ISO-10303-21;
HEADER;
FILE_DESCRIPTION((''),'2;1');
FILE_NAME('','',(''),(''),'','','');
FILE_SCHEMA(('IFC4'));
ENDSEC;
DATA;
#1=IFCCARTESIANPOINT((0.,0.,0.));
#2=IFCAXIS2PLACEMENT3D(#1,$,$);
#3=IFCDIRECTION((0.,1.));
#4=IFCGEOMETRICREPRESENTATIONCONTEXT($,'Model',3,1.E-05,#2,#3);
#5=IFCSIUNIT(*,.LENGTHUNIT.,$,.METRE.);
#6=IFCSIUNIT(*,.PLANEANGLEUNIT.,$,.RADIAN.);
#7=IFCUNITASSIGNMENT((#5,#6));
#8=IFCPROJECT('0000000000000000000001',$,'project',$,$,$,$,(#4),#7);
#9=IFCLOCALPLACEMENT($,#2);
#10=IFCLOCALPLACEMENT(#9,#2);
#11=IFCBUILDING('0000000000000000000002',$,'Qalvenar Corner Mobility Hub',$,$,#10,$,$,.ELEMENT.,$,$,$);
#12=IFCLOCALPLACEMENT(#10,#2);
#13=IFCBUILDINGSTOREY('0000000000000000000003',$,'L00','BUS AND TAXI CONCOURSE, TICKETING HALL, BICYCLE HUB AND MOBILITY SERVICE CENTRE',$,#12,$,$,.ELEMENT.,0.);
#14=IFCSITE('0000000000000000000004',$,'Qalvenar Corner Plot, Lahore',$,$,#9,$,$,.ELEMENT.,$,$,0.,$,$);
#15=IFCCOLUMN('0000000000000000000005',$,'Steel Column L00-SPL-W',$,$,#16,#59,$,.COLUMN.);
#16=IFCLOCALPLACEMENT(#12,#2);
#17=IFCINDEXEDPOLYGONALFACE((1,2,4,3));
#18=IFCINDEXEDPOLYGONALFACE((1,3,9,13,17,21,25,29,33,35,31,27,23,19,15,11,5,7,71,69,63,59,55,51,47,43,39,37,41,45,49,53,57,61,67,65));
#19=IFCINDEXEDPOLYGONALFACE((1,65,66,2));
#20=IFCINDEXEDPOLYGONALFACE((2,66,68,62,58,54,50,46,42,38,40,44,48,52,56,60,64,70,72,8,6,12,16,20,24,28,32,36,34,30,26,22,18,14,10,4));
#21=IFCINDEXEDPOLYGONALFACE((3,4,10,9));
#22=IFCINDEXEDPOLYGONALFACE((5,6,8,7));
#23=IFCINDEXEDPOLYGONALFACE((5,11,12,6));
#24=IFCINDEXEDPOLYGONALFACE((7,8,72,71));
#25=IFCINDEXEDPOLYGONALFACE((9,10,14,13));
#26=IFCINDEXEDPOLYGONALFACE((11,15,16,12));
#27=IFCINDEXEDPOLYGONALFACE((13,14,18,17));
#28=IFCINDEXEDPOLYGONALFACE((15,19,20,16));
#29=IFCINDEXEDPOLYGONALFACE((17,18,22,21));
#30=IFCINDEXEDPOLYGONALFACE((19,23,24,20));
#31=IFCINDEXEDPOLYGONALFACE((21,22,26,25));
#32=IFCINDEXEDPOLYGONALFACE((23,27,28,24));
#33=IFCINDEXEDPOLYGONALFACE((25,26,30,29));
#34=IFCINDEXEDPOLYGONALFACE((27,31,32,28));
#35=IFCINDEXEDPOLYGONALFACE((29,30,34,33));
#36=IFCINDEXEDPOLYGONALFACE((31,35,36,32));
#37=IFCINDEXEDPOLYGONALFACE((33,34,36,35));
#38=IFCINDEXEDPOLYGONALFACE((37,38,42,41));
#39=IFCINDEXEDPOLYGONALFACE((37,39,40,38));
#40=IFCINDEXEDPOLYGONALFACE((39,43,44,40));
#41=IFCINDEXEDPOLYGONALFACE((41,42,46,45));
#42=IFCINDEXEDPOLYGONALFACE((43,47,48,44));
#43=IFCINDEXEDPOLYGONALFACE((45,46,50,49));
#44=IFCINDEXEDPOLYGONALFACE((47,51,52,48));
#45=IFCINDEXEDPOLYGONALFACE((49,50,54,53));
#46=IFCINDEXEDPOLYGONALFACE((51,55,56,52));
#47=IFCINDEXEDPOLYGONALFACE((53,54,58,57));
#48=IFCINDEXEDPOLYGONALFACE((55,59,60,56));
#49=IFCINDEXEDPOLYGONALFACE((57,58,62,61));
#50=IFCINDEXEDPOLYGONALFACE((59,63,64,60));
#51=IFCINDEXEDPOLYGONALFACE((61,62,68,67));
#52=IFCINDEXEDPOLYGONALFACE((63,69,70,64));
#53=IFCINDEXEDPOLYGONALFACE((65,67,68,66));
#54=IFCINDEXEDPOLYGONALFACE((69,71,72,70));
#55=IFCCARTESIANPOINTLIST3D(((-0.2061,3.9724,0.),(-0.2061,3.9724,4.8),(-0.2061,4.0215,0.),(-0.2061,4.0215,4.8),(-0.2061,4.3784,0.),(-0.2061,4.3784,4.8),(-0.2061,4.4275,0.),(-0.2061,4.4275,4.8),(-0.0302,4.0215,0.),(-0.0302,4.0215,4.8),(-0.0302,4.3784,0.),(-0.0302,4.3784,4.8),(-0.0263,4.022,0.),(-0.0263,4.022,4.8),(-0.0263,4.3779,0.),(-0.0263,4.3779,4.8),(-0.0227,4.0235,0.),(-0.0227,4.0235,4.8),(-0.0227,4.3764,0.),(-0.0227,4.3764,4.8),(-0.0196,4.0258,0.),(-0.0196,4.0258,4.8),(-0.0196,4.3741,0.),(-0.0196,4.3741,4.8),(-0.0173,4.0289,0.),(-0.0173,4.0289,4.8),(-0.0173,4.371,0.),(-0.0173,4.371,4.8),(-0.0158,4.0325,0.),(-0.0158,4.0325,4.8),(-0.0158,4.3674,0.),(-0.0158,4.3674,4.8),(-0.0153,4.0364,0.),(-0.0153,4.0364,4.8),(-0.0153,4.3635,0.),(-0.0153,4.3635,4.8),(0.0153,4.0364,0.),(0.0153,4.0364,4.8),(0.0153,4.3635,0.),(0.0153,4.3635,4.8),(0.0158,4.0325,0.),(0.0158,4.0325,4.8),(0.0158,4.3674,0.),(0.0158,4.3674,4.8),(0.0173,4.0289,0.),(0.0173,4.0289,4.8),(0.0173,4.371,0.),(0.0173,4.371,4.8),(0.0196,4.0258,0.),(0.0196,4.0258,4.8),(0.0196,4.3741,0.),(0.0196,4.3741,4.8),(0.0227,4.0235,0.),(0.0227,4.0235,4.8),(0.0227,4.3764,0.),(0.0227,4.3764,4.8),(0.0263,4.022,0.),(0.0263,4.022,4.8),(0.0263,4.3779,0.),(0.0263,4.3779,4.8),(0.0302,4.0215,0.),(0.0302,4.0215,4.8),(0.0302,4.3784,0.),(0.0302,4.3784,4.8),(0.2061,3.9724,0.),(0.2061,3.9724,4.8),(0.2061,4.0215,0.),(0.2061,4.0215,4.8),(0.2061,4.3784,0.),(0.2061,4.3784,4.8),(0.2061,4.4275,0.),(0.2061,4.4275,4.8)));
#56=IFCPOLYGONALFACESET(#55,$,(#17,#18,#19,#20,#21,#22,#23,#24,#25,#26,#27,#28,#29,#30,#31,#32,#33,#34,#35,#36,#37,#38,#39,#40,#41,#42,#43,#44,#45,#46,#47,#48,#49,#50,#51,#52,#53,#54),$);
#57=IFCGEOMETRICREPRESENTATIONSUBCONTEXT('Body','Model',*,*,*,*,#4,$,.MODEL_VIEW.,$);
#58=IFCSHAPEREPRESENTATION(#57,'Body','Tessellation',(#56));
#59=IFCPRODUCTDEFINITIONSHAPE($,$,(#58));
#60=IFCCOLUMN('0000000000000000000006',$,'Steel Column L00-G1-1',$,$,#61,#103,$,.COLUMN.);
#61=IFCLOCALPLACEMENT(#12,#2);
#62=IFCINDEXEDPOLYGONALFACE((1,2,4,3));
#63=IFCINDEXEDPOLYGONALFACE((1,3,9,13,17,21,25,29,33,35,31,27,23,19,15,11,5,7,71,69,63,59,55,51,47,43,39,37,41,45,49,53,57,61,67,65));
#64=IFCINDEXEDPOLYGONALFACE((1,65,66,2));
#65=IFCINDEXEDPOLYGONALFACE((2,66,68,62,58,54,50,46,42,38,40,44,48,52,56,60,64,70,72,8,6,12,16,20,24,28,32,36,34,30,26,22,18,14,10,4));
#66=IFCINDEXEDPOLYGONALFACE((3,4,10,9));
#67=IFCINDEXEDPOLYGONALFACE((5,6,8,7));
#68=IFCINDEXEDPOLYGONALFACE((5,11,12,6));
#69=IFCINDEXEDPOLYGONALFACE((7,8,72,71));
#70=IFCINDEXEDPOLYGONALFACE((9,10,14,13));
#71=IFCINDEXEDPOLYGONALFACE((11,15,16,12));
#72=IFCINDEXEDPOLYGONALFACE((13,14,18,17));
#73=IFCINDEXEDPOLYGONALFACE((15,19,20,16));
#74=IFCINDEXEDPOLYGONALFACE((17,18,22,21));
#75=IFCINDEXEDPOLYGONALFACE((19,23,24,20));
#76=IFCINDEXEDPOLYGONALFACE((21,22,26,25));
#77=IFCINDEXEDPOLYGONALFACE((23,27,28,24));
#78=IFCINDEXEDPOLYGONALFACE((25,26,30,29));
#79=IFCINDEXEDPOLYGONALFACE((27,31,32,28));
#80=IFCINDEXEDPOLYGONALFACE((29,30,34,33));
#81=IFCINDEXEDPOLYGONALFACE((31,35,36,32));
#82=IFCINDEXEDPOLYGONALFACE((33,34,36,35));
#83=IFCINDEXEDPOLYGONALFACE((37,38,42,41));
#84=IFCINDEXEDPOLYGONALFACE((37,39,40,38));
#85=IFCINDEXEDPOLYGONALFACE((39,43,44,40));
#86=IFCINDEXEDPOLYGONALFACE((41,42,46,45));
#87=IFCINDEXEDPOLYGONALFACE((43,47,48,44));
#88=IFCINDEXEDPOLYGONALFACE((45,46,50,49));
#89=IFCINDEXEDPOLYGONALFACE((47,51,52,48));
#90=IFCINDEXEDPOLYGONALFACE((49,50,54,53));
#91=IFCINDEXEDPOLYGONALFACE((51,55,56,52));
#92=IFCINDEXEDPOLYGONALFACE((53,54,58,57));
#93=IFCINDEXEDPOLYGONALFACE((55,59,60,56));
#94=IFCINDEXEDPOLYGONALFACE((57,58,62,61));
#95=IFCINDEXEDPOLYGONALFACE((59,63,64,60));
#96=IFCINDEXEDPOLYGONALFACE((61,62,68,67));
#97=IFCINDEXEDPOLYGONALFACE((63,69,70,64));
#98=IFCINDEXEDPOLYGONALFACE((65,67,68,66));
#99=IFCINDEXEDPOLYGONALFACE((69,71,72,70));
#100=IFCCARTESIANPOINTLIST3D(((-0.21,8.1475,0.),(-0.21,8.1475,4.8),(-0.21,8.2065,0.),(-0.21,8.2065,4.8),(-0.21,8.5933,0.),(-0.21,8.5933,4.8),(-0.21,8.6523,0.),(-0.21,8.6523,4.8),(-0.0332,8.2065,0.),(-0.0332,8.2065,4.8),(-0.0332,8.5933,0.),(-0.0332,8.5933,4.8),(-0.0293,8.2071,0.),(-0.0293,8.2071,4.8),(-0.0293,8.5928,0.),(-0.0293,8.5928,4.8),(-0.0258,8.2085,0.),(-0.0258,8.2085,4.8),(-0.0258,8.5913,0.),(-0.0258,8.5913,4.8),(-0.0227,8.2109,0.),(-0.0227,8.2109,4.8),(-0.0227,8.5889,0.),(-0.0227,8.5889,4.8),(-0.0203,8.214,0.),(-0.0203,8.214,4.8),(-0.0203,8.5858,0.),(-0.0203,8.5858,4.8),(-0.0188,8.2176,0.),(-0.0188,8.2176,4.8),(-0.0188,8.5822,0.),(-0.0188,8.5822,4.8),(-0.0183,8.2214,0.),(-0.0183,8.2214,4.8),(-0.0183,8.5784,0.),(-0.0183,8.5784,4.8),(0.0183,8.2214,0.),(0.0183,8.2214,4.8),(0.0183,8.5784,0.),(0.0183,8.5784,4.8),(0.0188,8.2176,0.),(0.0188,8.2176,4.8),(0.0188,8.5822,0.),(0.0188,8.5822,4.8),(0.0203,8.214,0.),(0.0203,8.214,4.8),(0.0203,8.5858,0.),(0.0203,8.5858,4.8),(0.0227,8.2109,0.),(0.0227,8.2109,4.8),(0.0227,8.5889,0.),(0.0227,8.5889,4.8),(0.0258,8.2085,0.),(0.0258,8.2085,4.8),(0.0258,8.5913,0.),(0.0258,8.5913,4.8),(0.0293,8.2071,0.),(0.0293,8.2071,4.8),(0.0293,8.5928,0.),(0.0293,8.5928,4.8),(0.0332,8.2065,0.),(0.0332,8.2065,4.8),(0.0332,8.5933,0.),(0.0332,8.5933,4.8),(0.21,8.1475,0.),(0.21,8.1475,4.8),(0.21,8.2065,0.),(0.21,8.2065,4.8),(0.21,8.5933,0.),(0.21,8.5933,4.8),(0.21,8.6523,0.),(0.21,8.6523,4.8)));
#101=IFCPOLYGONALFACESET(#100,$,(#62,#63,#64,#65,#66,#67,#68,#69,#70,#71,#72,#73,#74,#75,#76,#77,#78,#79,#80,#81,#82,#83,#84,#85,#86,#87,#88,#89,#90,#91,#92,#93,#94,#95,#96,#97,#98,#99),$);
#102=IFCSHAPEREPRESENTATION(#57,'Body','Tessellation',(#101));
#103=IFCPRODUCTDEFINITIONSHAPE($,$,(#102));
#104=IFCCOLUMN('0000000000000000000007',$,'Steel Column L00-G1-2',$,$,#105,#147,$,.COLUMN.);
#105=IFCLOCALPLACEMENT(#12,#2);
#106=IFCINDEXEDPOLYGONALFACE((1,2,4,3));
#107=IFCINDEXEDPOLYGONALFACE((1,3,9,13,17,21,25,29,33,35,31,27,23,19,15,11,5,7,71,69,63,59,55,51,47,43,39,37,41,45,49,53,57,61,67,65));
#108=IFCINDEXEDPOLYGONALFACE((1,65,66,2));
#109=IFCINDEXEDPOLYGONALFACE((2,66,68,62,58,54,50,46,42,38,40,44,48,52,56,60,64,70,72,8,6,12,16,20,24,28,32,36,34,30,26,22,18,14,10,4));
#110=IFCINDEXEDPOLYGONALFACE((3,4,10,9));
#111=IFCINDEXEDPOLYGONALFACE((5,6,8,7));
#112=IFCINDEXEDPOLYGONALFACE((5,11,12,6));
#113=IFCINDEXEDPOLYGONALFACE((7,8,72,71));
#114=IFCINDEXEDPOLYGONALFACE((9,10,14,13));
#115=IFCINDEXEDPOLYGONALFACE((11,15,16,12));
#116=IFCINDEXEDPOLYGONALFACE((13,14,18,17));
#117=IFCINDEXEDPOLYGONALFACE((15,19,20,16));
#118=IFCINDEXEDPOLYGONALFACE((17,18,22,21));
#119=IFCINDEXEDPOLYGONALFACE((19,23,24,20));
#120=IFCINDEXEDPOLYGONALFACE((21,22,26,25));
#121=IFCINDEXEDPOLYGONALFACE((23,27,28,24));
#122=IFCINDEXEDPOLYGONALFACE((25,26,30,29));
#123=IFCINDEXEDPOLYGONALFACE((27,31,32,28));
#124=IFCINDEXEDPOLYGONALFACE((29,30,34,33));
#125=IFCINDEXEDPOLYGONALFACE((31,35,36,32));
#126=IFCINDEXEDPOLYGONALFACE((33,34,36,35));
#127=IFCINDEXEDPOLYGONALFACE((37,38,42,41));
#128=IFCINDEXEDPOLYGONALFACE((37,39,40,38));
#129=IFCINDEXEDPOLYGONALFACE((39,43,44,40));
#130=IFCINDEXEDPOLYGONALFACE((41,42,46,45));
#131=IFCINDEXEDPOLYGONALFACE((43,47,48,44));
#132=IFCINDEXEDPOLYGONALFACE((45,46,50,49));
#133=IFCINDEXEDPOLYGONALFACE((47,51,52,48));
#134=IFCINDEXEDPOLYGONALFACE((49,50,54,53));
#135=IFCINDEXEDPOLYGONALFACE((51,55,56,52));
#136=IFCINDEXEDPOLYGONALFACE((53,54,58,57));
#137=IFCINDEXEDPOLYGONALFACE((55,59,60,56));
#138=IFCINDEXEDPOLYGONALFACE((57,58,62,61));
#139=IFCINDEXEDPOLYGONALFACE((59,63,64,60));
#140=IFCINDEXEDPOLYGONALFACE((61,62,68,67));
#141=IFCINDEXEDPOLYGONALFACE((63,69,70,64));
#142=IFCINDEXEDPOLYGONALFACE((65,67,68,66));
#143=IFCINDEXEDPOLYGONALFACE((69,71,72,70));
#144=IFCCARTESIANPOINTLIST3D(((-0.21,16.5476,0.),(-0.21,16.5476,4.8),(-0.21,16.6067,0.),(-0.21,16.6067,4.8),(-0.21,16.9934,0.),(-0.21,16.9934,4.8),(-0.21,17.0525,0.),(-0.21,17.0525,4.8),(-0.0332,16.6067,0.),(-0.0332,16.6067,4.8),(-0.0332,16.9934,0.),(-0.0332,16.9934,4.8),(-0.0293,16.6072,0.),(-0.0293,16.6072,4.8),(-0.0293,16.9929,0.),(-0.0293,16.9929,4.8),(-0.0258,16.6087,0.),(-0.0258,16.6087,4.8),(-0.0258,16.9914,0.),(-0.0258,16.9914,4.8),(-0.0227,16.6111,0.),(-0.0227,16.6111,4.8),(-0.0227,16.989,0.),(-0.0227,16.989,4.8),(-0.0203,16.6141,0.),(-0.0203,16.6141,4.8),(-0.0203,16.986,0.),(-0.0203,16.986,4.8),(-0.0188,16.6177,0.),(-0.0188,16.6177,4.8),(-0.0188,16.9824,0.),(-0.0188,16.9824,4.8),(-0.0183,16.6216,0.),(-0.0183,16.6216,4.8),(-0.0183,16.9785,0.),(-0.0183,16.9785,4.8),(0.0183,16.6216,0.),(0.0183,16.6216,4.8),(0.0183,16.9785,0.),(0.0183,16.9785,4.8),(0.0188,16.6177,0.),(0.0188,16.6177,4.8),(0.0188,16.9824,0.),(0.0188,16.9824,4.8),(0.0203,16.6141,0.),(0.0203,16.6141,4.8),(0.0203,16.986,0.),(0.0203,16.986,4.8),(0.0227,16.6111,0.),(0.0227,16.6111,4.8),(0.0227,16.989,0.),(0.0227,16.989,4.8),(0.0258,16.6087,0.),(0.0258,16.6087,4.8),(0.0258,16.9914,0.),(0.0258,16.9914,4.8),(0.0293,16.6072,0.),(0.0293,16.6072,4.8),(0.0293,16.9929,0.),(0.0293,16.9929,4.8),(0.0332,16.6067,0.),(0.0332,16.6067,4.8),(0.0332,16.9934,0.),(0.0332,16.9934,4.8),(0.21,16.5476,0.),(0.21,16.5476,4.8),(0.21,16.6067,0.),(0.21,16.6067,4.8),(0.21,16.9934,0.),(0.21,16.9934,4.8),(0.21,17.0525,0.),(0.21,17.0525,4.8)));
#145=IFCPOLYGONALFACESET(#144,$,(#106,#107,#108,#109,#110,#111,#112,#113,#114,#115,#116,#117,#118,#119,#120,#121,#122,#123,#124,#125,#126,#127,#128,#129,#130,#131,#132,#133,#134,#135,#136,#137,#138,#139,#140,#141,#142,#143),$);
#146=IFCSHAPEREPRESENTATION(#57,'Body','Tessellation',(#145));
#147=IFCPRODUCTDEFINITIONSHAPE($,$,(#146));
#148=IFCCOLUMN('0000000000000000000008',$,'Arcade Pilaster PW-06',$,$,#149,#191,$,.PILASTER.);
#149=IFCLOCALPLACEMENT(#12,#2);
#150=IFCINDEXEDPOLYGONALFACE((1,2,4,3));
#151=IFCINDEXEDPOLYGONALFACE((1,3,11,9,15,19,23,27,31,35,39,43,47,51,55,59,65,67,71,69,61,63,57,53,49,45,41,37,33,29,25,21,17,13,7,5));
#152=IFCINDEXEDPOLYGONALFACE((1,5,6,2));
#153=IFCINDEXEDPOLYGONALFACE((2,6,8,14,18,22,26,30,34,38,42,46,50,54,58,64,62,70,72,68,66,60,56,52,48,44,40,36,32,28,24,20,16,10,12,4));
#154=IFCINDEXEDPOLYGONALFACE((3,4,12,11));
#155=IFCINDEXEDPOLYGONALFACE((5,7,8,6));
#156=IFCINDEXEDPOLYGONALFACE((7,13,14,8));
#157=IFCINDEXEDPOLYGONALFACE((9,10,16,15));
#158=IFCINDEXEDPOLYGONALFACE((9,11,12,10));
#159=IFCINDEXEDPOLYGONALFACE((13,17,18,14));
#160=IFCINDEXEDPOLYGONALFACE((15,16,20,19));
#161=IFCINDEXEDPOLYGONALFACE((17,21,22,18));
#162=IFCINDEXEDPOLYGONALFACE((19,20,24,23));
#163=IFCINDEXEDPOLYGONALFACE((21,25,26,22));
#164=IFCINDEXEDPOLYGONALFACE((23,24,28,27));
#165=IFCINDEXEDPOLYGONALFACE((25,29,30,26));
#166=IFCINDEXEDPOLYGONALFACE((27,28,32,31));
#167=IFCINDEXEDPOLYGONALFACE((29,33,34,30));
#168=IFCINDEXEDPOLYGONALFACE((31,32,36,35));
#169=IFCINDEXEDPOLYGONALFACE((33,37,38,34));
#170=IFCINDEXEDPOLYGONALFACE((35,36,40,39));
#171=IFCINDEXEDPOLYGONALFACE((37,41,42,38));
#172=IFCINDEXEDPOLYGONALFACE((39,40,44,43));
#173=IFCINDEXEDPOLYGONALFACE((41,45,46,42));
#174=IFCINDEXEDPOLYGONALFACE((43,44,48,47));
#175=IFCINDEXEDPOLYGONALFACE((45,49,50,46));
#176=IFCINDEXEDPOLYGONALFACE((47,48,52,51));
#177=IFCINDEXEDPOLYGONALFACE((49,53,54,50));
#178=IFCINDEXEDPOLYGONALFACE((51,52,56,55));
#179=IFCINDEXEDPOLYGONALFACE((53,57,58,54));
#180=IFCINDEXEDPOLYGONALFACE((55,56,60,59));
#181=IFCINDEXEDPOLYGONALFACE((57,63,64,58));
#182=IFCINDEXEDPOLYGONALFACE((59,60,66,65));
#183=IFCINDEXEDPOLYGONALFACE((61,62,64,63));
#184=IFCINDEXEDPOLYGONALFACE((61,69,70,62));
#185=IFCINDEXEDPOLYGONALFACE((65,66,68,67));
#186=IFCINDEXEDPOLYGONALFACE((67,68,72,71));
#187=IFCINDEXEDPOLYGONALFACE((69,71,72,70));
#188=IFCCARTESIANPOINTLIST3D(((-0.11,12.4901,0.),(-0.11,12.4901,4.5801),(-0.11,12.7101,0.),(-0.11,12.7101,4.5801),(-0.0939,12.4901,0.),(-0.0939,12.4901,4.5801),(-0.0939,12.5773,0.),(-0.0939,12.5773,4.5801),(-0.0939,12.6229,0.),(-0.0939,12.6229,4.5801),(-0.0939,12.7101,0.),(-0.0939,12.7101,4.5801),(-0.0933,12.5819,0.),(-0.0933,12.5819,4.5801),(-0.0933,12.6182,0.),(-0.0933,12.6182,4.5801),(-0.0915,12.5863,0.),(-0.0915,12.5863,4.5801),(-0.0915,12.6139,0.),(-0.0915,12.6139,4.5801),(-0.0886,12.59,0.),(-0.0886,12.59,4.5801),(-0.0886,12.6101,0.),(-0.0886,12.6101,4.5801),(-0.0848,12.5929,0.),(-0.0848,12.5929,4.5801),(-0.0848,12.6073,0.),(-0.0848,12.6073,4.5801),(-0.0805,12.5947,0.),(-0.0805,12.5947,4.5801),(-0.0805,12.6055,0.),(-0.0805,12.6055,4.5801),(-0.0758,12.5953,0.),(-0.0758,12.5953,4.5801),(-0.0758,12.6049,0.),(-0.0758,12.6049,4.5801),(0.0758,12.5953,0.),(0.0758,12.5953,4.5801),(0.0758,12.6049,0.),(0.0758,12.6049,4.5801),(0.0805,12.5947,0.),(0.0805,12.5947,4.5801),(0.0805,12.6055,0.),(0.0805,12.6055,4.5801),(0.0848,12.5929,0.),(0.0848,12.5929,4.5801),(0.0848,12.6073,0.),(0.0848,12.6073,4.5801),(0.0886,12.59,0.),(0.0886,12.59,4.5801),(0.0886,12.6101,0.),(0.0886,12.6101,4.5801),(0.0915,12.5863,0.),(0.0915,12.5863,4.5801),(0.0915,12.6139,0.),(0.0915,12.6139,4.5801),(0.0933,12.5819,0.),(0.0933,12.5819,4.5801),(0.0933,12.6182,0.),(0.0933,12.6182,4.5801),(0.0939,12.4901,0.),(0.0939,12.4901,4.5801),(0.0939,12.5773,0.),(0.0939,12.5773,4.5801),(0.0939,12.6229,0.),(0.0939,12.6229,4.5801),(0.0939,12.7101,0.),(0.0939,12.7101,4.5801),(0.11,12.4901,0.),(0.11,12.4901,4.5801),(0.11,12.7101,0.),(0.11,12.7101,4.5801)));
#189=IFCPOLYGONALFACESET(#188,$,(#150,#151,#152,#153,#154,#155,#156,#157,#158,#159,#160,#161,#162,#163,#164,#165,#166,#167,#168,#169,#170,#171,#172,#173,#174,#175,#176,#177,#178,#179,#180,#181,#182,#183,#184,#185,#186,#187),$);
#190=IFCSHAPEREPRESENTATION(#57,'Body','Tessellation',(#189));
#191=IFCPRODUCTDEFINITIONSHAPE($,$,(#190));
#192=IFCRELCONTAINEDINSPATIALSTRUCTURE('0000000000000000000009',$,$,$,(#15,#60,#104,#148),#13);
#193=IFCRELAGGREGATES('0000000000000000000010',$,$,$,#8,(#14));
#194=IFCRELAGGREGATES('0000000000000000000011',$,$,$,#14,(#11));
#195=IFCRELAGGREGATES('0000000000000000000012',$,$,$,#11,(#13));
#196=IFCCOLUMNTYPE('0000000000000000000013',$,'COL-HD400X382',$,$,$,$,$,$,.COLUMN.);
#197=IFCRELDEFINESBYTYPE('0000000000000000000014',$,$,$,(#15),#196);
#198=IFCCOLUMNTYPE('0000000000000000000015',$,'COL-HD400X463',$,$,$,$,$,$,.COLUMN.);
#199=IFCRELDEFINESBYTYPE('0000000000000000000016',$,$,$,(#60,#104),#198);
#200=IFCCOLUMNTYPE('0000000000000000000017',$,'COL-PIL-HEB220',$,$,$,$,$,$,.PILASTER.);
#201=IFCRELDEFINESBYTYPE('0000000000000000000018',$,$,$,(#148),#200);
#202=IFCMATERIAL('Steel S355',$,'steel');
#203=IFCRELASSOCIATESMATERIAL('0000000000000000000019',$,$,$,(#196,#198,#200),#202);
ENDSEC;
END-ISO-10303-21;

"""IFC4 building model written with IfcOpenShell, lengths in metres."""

from ifc_helpers import new_model, si_unit, direction, frame, origin, origin_2d, place, context, subcontext, project, spatial, i_section, extrude, material, material_profile, profile_set, type_object, element, save


model = new_model("IFC4")

# Units and contexts
model_context = context("Model", 3, precision=1e-05, world=origin(), true_north=direction((0.0, 1.0)))
body_context = subcontext(model_context, "Body", "Model", "MODEL_VIEW")
ifc_project = project(units=[si_unit("LENGTHUNIT", "METRE"), si_unit("PLANEANGLEUNIT", "RADIAN")], contexts=[model_context])

# Site, building, storey
site_placement = place(None, origin())
site = spatial("IfcSite", under=ifc_project, at=site_placement, Name="Qalvenar Corner Plot, Lahore", CompositionType="ELEMENT", RefElevation=0.0)
building_placement = place(site_placement, origin())
building = spatial("IfcBuilding", under=site, at=building_placement, Name="Qalvenar Corner Mobility Hub", CompositionType="ELEMENT")
storey_placement = place(building_placement, origin())
storey = spatial("IfcBuildingStorey", under=building, at=storey_placement, Name="L00", Description="BUS AND TAXI CONCOURSE, TICKETING HALL, BICYCLE HUB AND MOBILITY SERVICE CENTRE", CompositionType="ELEMENT", Elevation=0.0)

# Columns
ifc_material_1 = material(Name="Steel S355", Category="steel")
ifc_material_profile_1 = material_profile(ifc_material_1, i_section(OverallWidth=0.4121, OverallDepth=0.4551, WebThickness=0.0305, FlangeThickness=0.0491, FilletRadius=0.0149, at=origin_2d()), Name="HD400x421")
ifc_profile_set_1 = profile_set([ifc_material_profile_1], Name="Steel S355")
column_type_1 = type_object("IfcColumnType", Name="COL-HD400X382", PredefinedType="COLUMN", material=ifc_profile_set_1)
column_1_placement = place(storey_placement, frame((0.0, 4.2, 0.0), z_axis=(0.0, 0.0, 1.0), x_axis=(1.0, 0.0, 0.0)))
element("IfcColumn", 1, at=column_1_placement, inside=storey, type_object=column_type_1, Name="Steel Column L00-SPL-W", PredefinedType="COLUMN", context=body_context, shape_type="SweptSolid", body=[
    extrude(i_section(OverallWidth=0.4121, OverallDepth=0.4551, WebThickness=0.0305, FlangeThickness=0.0491, FilletRadius=0.0149, at=origin_2d()), origin(), (0.0, 0.0, 1.0), 4.8),
])
ifc_material_profile_2 = material_profile(ifc_material_1, i_section(OverallWidth=0.4199, OverallDepth=0.5049, WebThickness=0.0366, FlangeThickness=0.0591, FilletRadius=0.0149, at=origin_2d()), Name="HD400x551")
ifc_profile_set_2 = profile_set([ifc_material_profile_2], Name="Steel S355")
column_type_2 = type_object("IfcColumnType", Name="COL-HD400X463", PredefinedType="COLUMN", material=ifc_profile_set_2)
for number, where, z_axis, x_axis, name in (
    (2, (0.0, 8.3999, 0.0), (0.0, 0.0, 1.0), (1.0, 0.0, 0.0), "Steel Column L00-G1-1"),
    (3, (0.0, 16.8, 0.0), (0.0, 0.0, 1.0), (1.0, 0.0, 0.0), "Steel Column L00-G1-2"),
):
    element("IfcColumn", number, at=place(storey_placement, frame(where, z_axis=z_axis, x_axis=x_axis)), inside=storey, type_object=column_type_2, Name=name, PredefinedType="COLUMN", context=body_context, shape_type="SweptSolid", body=[
        extrude(i_section(OverallWidth=0.4199, OverallDepth=0.5049, WebThickness=0.0366, FlangeThickness=0.0591, FilletRadius=0.0149, at=origin_2d()), origin(), (0.0, 0.0, 1.0), 4.8),
    ])
ifc_material_profile_3 = material_profile(ifc_material_1, i_section(OverallWidth=0.22, OverallDepth=0.22, WebThickness=0.0095, FlangeThickness=0.0161, FilletRadius=0.0181, at=origin_2d()), Name="HEB220")
ifc_profile_set_3 = profile_set([ifc_material_profile_3], Name="Steel S355")
column_type_3 = type_object("IfcColumnType", Name="COL-PIL-HEB220", PredefinedType="PILASTER", material=ifc_profile_set_3)
column_2_placement = place(storey_placement, frame((0.0, 12.6001, 0.0), z_axis=(0.0, 0.0, 1.0), x_axis=(0.0, 1.0, 0.0)))
element("IfcColumn", 4, at=column_2_placement, inside=storey, type_object=column_type_3, Name="Arcade Pilaster PW-06", PredefinedType="PILASTER", context=body_context, shape_type="SweptSolid", body=[
    extrude(i_section(OverallWidth=0.22, OverallDepth=0.22, WebThickness=0.0095, FlangeThickness=0.0161, FilletRadius=0.0181, at=origin_2d()), origin(), (0.0, 0.0, 1.0), 4.5801),
])

save(model, "model.ifc")
